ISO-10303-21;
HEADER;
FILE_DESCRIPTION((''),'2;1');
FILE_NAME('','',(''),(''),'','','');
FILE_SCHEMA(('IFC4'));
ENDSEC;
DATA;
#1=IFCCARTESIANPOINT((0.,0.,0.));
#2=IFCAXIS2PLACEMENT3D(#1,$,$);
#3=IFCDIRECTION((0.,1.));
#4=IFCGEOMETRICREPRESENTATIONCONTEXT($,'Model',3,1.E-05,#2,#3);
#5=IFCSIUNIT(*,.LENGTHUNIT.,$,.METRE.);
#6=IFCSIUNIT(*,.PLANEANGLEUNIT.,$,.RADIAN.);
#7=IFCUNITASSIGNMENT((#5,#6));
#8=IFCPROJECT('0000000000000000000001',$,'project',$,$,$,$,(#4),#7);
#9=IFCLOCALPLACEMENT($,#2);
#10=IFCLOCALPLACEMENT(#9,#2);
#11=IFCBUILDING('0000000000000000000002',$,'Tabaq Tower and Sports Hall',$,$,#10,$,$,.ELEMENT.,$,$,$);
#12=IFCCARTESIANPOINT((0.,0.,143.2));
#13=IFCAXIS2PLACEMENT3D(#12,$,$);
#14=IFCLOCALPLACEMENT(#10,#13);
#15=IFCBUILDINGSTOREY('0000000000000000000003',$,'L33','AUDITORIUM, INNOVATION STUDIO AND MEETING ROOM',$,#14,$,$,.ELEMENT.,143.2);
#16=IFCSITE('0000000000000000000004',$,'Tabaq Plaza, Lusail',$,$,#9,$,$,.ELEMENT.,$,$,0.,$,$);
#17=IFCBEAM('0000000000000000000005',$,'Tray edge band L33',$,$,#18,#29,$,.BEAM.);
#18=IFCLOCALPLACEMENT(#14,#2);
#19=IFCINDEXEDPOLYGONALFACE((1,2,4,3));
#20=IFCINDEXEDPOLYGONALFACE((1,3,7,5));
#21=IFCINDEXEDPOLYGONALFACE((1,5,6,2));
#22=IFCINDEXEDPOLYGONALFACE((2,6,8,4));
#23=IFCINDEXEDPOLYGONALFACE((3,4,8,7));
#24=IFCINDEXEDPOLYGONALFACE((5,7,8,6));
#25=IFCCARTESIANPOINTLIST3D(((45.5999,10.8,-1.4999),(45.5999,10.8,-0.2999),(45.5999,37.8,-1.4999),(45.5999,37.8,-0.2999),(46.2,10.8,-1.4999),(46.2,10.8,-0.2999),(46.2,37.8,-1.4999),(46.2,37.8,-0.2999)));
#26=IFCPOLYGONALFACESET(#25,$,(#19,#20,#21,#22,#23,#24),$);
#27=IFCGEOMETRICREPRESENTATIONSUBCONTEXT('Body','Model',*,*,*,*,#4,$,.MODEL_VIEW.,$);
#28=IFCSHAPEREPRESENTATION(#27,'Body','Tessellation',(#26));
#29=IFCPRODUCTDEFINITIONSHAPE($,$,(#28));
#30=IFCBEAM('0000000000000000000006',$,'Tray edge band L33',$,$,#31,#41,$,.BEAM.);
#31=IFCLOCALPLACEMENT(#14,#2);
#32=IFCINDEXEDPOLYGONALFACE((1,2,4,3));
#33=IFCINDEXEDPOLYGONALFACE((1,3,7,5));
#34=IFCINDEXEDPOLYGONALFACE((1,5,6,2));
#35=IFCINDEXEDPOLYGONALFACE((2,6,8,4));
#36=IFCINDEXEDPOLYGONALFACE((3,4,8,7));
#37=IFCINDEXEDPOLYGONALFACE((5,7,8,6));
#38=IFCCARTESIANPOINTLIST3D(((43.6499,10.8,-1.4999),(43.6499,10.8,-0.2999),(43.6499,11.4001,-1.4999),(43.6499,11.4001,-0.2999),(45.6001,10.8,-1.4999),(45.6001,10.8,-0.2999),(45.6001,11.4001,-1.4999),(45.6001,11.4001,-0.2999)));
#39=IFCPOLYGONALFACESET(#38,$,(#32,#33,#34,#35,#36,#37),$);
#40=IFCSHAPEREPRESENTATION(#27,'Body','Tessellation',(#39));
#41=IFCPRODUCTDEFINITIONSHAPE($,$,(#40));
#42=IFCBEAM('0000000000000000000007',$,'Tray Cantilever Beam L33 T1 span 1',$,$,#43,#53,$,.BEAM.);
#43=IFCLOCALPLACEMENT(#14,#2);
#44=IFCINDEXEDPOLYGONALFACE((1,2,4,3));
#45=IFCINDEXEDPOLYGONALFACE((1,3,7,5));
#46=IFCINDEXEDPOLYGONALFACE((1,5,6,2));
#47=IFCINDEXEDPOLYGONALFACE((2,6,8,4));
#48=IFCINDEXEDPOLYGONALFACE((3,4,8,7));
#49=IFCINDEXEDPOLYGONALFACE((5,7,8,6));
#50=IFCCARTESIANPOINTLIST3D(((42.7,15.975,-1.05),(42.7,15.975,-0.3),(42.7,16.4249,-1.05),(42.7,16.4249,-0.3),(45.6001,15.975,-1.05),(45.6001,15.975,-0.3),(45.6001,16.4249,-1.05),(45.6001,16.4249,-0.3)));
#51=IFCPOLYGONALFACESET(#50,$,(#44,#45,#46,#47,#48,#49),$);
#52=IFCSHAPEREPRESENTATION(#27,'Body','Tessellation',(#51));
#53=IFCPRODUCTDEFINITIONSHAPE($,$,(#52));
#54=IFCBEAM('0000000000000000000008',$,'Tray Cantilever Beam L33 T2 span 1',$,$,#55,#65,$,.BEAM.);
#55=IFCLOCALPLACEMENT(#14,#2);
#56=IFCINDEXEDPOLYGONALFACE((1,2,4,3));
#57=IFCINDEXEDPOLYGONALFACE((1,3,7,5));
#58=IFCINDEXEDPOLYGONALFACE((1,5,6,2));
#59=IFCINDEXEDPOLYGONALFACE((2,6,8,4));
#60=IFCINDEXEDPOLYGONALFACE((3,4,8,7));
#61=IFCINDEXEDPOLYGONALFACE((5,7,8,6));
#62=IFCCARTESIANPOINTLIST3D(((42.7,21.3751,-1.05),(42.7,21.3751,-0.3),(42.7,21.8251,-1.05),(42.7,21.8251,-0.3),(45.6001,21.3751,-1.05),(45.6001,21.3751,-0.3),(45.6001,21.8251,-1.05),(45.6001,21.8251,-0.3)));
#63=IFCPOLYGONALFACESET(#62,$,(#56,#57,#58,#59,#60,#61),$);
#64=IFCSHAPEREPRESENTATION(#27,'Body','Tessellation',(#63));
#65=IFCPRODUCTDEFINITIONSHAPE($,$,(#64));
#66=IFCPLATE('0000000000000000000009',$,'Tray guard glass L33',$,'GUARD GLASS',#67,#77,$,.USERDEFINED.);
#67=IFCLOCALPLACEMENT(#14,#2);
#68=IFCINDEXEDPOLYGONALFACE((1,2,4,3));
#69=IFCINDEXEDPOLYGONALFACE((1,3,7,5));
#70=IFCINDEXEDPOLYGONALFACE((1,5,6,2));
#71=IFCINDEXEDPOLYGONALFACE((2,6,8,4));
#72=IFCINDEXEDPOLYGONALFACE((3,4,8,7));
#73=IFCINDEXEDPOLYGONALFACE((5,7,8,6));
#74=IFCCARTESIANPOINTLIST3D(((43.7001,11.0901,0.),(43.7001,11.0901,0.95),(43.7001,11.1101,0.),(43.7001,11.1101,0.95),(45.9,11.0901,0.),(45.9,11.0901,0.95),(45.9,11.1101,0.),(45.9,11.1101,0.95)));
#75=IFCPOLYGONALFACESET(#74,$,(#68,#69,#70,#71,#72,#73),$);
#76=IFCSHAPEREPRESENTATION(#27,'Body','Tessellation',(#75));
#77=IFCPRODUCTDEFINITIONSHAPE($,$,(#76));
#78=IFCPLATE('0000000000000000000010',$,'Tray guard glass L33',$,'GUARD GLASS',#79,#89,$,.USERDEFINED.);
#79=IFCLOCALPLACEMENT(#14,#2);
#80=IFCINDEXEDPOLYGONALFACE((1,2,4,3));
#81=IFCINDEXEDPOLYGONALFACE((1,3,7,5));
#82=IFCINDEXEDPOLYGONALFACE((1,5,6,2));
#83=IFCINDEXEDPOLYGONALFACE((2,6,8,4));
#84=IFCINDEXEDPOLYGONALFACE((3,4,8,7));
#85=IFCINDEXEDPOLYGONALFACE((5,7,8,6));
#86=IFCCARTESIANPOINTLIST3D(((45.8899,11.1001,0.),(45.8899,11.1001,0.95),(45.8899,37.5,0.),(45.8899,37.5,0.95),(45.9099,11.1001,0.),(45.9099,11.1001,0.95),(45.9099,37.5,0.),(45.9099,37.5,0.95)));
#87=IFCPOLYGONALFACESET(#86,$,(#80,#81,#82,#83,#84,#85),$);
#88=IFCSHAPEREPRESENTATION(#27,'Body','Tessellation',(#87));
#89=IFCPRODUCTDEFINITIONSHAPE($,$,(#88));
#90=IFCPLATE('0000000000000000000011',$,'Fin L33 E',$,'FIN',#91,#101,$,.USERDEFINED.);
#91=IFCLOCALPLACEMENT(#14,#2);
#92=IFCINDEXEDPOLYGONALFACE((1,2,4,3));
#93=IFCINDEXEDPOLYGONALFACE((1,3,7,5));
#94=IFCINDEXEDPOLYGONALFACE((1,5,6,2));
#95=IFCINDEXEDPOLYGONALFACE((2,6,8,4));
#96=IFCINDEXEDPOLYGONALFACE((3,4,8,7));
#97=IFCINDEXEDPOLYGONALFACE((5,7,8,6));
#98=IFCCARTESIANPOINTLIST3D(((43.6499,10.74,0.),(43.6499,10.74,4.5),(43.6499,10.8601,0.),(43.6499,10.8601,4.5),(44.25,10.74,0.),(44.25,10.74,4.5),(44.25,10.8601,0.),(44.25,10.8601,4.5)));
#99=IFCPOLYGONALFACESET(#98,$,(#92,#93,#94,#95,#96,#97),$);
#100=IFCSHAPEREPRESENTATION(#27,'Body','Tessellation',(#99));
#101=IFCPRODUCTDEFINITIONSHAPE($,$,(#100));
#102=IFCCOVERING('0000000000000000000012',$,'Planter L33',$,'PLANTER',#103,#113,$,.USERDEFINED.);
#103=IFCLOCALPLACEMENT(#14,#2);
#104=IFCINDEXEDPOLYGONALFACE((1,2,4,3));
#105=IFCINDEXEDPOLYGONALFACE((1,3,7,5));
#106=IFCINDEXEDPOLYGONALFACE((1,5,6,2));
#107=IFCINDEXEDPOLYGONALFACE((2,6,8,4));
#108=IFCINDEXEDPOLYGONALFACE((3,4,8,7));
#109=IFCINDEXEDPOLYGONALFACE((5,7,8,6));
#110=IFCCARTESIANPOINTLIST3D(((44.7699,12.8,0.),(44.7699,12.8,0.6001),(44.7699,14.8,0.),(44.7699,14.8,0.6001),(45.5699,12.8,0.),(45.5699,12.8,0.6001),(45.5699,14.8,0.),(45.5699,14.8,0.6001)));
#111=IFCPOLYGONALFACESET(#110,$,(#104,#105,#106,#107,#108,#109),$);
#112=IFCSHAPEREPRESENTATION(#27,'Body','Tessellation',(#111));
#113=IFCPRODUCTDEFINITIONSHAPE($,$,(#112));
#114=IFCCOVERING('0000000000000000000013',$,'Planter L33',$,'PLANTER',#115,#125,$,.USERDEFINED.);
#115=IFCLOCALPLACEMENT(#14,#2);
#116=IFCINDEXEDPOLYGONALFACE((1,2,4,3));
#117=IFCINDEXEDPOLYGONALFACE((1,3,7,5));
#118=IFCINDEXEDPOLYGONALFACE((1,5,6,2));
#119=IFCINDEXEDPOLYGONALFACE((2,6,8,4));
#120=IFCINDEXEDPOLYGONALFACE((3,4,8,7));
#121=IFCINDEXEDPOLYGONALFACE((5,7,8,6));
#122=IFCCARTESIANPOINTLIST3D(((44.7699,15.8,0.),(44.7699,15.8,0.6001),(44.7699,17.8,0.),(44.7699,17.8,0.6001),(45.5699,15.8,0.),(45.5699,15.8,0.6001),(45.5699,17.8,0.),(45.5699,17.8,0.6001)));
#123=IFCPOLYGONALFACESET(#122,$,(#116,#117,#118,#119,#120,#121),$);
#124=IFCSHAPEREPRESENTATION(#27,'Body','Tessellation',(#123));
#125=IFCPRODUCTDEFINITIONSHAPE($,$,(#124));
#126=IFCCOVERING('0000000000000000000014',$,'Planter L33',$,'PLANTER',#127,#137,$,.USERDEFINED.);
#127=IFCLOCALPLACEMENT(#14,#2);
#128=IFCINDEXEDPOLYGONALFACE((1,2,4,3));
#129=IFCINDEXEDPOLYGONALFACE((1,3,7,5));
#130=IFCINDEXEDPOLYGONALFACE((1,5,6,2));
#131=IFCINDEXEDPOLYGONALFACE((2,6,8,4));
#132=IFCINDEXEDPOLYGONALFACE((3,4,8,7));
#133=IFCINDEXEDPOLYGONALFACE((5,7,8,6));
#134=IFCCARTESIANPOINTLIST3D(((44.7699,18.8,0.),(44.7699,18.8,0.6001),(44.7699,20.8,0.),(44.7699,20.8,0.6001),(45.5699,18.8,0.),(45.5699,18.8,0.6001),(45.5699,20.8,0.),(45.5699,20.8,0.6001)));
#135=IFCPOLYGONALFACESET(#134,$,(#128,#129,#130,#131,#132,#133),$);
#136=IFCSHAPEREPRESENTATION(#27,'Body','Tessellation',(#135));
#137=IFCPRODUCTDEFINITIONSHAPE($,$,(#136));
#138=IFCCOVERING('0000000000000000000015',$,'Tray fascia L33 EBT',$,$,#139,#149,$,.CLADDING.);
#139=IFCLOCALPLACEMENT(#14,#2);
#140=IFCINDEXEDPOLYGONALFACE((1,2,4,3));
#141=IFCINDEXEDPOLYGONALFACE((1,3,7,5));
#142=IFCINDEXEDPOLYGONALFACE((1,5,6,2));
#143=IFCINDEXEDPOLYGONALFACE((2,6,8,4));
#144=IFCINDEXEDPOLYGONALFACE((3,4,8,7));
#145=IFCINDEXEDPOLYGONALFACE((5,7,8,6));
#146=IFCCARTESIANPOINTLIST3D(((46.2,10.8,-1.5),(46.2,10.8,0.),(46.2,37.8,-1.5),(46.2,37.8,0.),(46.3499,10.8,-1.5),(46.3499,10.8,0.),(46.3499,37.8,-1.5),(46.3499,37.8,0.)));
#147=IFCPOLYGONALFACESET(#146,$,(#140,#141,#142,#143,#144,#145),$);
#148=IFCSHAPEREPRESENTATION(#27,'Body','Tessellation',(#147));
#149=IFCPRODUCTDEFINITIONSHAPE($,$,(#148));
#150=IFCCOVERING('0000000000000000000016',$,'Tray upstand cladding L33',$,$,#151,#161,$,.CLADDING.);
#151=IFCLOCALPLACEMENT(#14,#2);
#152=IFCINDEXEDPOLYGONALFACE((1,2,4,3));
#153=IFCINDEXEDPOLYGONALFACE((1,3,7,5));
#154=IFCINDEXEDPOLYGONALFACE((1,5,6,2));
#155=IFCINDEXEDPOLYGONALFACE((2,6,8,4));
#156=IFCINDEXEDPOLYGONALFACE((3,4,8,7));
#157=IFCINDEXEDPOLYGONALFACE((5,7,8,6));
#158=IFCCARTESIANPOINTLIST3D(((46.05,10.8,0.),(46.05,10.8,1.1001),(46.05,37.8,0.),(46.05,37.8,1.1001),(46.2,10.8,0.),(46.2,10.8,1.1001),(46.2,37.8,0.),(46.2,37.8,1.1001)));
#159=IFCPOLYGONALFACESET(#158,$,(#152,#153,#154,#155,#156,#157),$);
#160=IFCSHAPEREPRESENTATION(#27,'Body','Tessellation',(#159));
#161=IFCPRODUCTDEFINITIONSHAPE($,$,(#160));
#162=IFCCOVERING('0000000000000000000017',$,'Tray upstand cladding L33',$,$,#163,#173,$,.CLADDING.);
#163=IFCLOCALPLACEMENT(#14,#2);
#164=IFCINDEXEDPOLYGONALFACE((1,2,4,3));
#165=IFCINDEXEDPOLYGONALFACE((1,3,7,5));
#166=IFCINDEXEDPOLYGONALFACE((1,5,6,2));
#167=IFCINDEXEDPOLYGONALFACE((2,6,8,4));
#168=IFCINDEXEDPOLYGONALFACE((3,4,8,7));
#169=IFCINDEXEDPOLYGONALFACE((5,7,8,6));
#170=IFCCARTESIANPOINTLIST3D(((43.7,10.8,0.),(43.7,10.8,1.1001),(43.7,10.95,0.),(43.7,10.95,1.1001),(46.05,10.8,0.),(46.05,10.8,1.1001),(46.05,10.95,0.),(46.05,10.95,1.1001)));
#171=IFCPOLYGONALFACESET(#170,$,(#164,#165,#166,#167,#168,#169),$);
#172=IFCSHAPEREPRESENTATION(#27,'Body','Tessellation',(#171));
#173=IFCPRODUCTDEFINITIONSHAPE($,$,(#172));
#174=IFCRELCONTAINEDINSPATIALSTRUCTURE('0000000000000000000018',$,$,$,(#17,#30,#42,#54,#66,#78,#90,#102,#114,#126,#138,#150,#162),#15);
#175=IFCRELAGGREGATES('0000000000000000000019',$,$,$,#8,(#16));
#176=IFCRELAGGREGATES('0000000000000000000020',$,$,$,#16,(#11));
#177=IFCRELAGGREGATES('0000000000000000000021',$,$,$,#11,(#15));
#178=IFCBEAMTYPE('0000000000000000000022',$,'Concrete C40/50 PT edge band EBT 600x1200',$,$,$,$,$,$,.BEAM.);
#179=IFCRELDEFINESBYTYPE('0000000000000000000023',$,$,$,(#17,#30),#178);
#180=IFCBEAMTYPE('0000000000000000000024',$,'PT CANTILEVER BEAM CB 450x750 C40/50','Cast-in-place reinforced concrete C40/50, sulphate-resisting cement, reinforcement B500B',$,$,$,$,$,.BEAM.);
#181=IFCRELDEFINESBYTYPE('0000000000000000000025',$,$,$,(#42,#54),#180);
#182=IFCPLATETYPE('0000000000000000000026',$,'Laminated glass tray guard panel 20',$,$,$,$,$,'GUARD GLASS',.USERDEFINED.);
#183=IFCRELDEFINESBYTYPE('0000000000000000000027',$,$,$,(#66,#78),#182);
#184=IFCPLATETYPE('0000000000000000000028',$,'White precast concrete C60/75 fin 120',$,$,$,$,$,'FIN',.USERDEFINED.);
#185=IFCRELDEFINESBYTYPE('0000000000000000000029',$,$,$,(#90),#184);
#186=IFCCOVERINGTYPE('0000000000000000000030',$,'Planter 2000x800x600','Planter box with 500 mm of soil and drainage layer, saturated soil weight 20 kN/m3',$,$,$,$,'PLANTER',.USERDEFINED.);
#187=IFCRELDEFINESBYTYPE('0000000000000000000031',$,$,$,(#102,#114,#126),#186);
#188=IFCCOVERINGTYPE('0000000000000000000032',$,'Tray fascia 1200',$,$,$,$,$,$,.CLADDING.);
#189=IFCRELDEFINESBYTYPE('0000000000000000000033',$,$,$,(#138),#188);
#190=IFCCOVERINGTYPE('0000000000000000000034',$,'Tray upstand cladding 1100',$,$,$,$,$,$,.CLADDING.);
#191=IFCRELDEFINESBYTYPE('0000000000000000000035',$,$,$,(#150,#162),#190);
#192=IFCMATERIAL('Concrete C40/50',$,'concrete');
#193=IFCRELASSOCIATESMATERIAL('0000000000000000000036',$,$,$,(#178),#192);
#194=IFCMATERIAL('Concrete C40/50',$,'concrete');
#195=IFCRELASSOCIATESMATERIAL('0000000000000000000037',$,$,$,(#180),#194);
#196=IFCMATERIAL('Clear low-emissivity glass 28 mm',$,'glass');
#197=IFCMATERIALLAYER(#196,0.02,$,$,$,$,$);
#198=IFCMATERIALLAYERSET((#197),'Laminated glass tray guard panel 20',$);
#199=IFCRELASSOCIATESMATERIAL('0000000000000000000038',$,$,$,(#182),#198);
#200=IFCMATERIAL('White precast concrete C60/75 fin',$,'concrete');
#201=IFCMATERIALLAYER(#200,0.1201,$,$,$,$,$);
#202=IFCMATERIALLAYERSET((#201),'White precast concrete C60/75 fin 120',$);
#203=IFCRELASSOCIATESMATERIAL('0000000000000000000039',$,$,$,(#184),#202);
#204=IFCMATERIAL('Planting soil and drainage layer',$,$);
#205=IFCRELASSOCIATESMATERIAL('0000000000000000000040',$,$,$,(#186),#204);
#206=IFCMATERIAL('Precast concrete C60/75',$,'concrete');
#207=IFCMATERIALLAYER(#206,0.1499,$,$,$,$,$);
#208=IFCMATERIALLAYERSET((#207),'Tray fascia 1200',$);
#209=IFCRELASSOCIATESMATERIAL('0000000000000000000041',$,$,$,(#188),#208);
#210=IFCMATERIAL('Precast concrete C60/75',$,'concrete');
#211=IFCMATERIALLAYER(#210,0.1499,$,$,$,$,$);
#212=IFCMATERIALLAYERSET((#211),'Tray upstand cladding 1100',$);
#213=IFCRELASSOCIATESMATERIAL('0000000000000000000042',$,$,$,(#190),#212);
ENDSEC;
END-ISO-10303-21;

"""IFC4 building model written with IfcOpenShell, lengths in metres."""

from ifc_helpers import new_model, si_unit, direction, frame, frame_2d, origin, origin_2d, place, context, subcontext, project, spatial, rectangle, extrude, material, layer, layer_set, material_profile, profile_set, type_object, element, save


model = new_model("IFC4")

# Units and contexts
model_context = context("Model", 3, precision=1e-05, world=origin(), true_north=direction((0.0, 1.0)))
body_context = subcontext(model_context, "Body", "Model", "MODEL_VIEW")
ifc_project = project(units=[si_unit("LENGTHUNIT", "METRE"), si_unit("PLANEANGLEUNIT", "RADIAN")], contexts=[model_context])

# Site, building, storey
site_placement = place(None, origin())
site = spatial("IfcSite", under=ifc_project, at=site_placement, Name="Tabaq Plaza, Lusail", CompositionType="ELEMENT", RefElevation=0.0)
building_placement = place(site_placement, origin())
building = spatial("IfcBuilding", under=site, at=building_placement, Name="Tabaq Tower and Sports Hall", CompositionType="ELEMENT")
storey_placement = place(building_placement, frame((0.0, 0.0, 143.2)))
storey = spatial("IfcBuildingStorey", under=building, at=storey_placement, Name="L33", Description="AUDITORIUM, INNOVATION STUDIO AND MEETING ROOM", CompositionType="ELEMENT", Elevation=143.2)

# Beams
ifc_material_1 = material(Name="Concrete C40/50", Category="concrete")
ifc_material_profile_1 = material_profile(ifc_material_1, rectangle(XDim=0.6001, YDim=1.2, at=origin_2d()), Name="EBT 600x1200")
ifc_profile_set_1 = profile_set([ifc_material_profile_1], Name="Concrete C40/50")
beam_type_1 = type_object("IfcBeamType", Name="Concrete C40/50 PT edge band EBT 600x1200", PredefinedType="BEAM", material=ifc_profile_set_1)
beam_1_placement = place(storey_placement, frame((45.8999, 10.8, -0.8999), z_axis=(0.0, 1.0, 0.0), x_axis=(-1.0, 0.0, 0.0)))
element("IfcBeam", 1, at=beam_1_placement, inside=storey, type_object=beam_type_1, Name="Tray edge band L33", PredefinedType="BEAM", context=body_context, shape_type="SweptSolid", body=[
    extrude(rectangle(XDim=0.6001, YDim=1.2, at=origin_2d()), origin(), (0.0, 0.0, 1.0), 27.0),
])
beam_2_placement = place(storey_placement, frame((43.6499, 11.1001, -0.8999), z_axis=(1.0, 0.0, 0.0), x_axis=(0.0, 1.0, 0.0)))
element("IfcBeam", 2, at=beam_2_placement, inside=storey, type_object=beam_type_1, Name="Tray edge band L33", PredefinedType="BEAM", context=body_context, shape_type="SweptSolid", body=[
    extrude(rectangle(XDim=0.6001, YDim=1.2, at=origin_2d()), origin(), (0.0, 0.0, 1.0), 1.9502),
])
ifc_material_2 = material(Name="Concrete C40/50", Category="concrete")
ifc_material_profile_2 = material_profile(ifc_material_2, rectangle(XDim=0.45, YDim=0.75, at=origin_2d()), Name="CB 450x750")
ifc_profile_set_2 = profile_set([ifc_material_profile_2], Name="Concrete C40/50")
beam_type_2 = type_object("IfcBeamType", Name="PT CANTILEVER BEAM CB 450x750 C40/50", Description="Cast-in-place reinforced concrete C40/50, sulphate-resisting cement, reinforcement B500B", PredefinedType="BEAM", material=ifc_profile_set_2)
for number, where, z_axis, x_axis, name in (
    (3, (45.6001, 16.2, -0.675), (-1.0, 0.0, 0.0), (0.0, -1.0, 0.0), "Tray Cantilever Beam L33 T1 span 1"),
    (4, (45.6001, 21.6001, -0.675), (-1.0, 0.0, 0.0), (0.0, -1.0, 0.0), "Tray Cantilever Beam L33 T2 span 1"),
):
    element("IfcBeam", number, at=place(storey_placement, frame(where, z_axis=z_axis, x_axis=x_axis)), inside=storey, type_object=beam_type_2, Name=name, PredefinedType="BEAM", context=body_context, shape_type="SweptSolid", body=[
        extrude(rectangle(XDim=0.45, YDim=0.75, at=origin_2d()), origin(), (0.0, 0.0, 1.0), 2.9001),
    ])

# Plates
ifc_material_3 = material(Name="Clear low-emissivity glass 28 mm", Category="glass")
ifc_layer_1 = layer(ifc_material_3, 0.02)
ifc_layer_set_1 = layer_set([ifc_layer_1], Name="Laminated glass tray guard panel 20")
plate_type_1 = type_object("IfcPlateType", Name="Laminated glass tray guard panel 20", ElementType="GUARD GLASS", PredefinedType="USERDEFINED", material=ifc_layer_set_1)
plate_1_placement = place(storey_placement, frame((43.7, 11.1001, 0.0), z_axis=(0.0, 0.0, 1.0), x_axis=(1.0, 0.0, 0.0)))
element("IfcPlate", 5, at=plate_1_placement, inside=storey, type_object=plate_type_1, Name="Tray guard glass L33", ObjectType="GUARD GLASS", PredefinedType="USERDEFINED", context=body_context, shape_type="SweptSolid", body=[
    extrude(rectangle(XDim=2.2, YDim=0.02, at=frame_2d((1.1001, 0.0))), origin(), (0.0, 0.0, 1.0), 0.95),
])
plate_2_placement = place(storey_placement, frame((45.8999, 11.1001, 0.0), z_axis=(0.0, 0.0, 1.0), x_axis=(0.0, 1.0, 0.0)))
element("IfcPlate", 6, at=plate_2_placement, inside=storey, type_object=plate_type_1, Name="Tray guard glass L33", ObjectType="GUARD GLASS", PredefinedType="USERDEFINED", context=body_context, shape_type="SweptSolid", body=[
    extrude(rectangle(XDim=26.3999, YDim=0.02, at=frame_2d((13.2, 0.0))), origin(), (0.0, 0.0, 1.0), 0.95),
])
ifc_material_4 = material(Name="White precast concrete C60/75 fin", Category="concrete")
ifc_layer_2 = layer(ifc_material_4, 0.1201)
ifc_layer_set_2 = layer_set([ifc_layer_2], Name="White precast concrete C60/75 fin 120")
plate_type_2 = type_object("IfcPlateType", Name="White precast concrete C60/75 fin 120", ElementType="FIN", PredefinedType="USERDEFINED", material=ifc_layer_set_2)
plate_3_placement = place(storey_placement, frame((43.95, 10.8, 0.0), z_axis=(0.0, 0.0, 1.0), x_axis=(0.0, 1.0, 0.0)))
element("IfcPlate", 7, at=plate_3_placement, inside=storey, type_object=plate_type_2, Name="Fin L33 E", ObjectType="FIN", PredefinedType="USERDEFINED", context=body_context, shape_type="SweptSolid", body=[
    extrude(rectangle(XDim=0.1201, YDim=0.6001, at=origin_2d()), origin(), (0.0, 0.0, 1.0), 4.5),
])

# Coverings
ifc_material_5 = material(Name="Planting soil and drainage layer")
covering_type_1 = type_object("IfcCoveringType", Name="Planter 2000x800x600", Description="Planter box with 500 mm of soil and drainage layer, saturated soil weight 20 kN/m3", ElementType="PLANTER", PredefinedType="USERDEFINED", material=ifc_material_5)
for number, where, z_axis, x_axis, name in (
    (8, (45.1699, 13.8, 0.0), (0.0, 0.0, 1.0), (0.0, 1.0, 0.0), "Planter L33"),
    (9, (45.1699, 16.8, 0.0), (0.0, 0.0, 1.0), (0.0, 1.0, 0.0), "Planter L33"),
    (10, (45.1699, 19.8, 0.0), (0.0, 0.0, 1.0), (0.0, 1.0, 0.0), "Planter L33"),
):
    element("IfcCovering", number, at=place(storey_placement, frame(where, z_axis=z_axis, x_axis=x_axis)), inside=storey, type_object=covering_type_1, Name=name, ObjectType="PLANTER", PredefinedType="USERDEFINED", context=body_context, shape_type="SweptSolid", body=[
        extrude(rectangle(XDim=2.0, YDim=0.8, at=origin_2d()), origin(), (0.0, 0.0, 1.0), 0.6001),
    ])
ifc_material_6 = material(Name="Precast concrete C60/75", Category="concrete")
ifc_layer_3 = layer(ifc_material_6, 0.1499)
ifc_layer_set_3 = layer_set([ifc_layer_3], Name="Tray fascia 1200")
covering_type_2 = type_object("IfcCoveringType", Name="Tray fascia 1200", PredefinedType="CLADDING", material=ifc_layer_set_3)
covering_1_placement = place(storey_placement, frame((46.2749, 10.8, -1.5), z_axis=(0.0, 0.0, 1.0), x_axis=(0.0, 1.0, 0.0)))
element("IfcCovering", 11, at=covering_1_placement, inside=storey, type_object=covering_type_2, Name="Tray fascia L33 EBT", PredefinedType="CLADDING", context=body_context, shape_type="SweptSolid", body=[
    extrude(rectangle(XDim=27.0, YDim=0.1499, at=frame_2d((13.5, 0.0))), origin(), (0.0, 0.0, 1.0), 1.5),
])
ifc_material_7 = material(Name="Precast concrete C60/75", Category="concrete")
ifc_layer_4 = layer(ifc_material_7, 0.1499)
ifc_layer_set_4 = layer_set([ifc_layer_4], Name="Tray upstand cladding 1100")
covering_type_3 = type_object("IfcCoveringType", Name="Tray upstand cladding 1100", PredefinedType="CLADDING", material=ifc_layer_set_4)
covering_2_placement = place(storey_placement, frame((46.125, 10.8, 0.0), z_axis=(0.0, 0.0, 1.0), x_axis=(0.0, 1.0, 0.0)))
element("IfcCovering", 12, at=covering_2_placement, inside=storey, type_object=covering_type_3, Name="Tray upstand cladding L33", PredefinedType="CLADDING", context=body_context, shape_type="SweptSolid", body=[
    extrude(rectangle(XDim=27.0, YDim=0.1499, at=frame_2d((13.5, 0.0))), origin(), (0.0, 0.0, 1.0), 1.1001),
])
covering_3_placement = place(storey_placement, frame((43.7, 10.875, 0.0), z_axis=(0.0, 0.0, 1.0), x_axis=(1.0, 0.0, 0.0)))
element("IfcCovering", 13, at=covering_3_placement, inside=storey, type_object=covering_type_3, Name="Tray upstand cladding L33", PredefinedType="CLADDING", context=body_context, shape_type="SweptSolid", body=[
    extrude(rectangle(XDim=2.3501, YDim=0.1499, at=frame_2d((1.175, 0.0))), origin(), (0.0, 0.0, 1.0), 1.1001),
])

save(model, "model.ifc")
